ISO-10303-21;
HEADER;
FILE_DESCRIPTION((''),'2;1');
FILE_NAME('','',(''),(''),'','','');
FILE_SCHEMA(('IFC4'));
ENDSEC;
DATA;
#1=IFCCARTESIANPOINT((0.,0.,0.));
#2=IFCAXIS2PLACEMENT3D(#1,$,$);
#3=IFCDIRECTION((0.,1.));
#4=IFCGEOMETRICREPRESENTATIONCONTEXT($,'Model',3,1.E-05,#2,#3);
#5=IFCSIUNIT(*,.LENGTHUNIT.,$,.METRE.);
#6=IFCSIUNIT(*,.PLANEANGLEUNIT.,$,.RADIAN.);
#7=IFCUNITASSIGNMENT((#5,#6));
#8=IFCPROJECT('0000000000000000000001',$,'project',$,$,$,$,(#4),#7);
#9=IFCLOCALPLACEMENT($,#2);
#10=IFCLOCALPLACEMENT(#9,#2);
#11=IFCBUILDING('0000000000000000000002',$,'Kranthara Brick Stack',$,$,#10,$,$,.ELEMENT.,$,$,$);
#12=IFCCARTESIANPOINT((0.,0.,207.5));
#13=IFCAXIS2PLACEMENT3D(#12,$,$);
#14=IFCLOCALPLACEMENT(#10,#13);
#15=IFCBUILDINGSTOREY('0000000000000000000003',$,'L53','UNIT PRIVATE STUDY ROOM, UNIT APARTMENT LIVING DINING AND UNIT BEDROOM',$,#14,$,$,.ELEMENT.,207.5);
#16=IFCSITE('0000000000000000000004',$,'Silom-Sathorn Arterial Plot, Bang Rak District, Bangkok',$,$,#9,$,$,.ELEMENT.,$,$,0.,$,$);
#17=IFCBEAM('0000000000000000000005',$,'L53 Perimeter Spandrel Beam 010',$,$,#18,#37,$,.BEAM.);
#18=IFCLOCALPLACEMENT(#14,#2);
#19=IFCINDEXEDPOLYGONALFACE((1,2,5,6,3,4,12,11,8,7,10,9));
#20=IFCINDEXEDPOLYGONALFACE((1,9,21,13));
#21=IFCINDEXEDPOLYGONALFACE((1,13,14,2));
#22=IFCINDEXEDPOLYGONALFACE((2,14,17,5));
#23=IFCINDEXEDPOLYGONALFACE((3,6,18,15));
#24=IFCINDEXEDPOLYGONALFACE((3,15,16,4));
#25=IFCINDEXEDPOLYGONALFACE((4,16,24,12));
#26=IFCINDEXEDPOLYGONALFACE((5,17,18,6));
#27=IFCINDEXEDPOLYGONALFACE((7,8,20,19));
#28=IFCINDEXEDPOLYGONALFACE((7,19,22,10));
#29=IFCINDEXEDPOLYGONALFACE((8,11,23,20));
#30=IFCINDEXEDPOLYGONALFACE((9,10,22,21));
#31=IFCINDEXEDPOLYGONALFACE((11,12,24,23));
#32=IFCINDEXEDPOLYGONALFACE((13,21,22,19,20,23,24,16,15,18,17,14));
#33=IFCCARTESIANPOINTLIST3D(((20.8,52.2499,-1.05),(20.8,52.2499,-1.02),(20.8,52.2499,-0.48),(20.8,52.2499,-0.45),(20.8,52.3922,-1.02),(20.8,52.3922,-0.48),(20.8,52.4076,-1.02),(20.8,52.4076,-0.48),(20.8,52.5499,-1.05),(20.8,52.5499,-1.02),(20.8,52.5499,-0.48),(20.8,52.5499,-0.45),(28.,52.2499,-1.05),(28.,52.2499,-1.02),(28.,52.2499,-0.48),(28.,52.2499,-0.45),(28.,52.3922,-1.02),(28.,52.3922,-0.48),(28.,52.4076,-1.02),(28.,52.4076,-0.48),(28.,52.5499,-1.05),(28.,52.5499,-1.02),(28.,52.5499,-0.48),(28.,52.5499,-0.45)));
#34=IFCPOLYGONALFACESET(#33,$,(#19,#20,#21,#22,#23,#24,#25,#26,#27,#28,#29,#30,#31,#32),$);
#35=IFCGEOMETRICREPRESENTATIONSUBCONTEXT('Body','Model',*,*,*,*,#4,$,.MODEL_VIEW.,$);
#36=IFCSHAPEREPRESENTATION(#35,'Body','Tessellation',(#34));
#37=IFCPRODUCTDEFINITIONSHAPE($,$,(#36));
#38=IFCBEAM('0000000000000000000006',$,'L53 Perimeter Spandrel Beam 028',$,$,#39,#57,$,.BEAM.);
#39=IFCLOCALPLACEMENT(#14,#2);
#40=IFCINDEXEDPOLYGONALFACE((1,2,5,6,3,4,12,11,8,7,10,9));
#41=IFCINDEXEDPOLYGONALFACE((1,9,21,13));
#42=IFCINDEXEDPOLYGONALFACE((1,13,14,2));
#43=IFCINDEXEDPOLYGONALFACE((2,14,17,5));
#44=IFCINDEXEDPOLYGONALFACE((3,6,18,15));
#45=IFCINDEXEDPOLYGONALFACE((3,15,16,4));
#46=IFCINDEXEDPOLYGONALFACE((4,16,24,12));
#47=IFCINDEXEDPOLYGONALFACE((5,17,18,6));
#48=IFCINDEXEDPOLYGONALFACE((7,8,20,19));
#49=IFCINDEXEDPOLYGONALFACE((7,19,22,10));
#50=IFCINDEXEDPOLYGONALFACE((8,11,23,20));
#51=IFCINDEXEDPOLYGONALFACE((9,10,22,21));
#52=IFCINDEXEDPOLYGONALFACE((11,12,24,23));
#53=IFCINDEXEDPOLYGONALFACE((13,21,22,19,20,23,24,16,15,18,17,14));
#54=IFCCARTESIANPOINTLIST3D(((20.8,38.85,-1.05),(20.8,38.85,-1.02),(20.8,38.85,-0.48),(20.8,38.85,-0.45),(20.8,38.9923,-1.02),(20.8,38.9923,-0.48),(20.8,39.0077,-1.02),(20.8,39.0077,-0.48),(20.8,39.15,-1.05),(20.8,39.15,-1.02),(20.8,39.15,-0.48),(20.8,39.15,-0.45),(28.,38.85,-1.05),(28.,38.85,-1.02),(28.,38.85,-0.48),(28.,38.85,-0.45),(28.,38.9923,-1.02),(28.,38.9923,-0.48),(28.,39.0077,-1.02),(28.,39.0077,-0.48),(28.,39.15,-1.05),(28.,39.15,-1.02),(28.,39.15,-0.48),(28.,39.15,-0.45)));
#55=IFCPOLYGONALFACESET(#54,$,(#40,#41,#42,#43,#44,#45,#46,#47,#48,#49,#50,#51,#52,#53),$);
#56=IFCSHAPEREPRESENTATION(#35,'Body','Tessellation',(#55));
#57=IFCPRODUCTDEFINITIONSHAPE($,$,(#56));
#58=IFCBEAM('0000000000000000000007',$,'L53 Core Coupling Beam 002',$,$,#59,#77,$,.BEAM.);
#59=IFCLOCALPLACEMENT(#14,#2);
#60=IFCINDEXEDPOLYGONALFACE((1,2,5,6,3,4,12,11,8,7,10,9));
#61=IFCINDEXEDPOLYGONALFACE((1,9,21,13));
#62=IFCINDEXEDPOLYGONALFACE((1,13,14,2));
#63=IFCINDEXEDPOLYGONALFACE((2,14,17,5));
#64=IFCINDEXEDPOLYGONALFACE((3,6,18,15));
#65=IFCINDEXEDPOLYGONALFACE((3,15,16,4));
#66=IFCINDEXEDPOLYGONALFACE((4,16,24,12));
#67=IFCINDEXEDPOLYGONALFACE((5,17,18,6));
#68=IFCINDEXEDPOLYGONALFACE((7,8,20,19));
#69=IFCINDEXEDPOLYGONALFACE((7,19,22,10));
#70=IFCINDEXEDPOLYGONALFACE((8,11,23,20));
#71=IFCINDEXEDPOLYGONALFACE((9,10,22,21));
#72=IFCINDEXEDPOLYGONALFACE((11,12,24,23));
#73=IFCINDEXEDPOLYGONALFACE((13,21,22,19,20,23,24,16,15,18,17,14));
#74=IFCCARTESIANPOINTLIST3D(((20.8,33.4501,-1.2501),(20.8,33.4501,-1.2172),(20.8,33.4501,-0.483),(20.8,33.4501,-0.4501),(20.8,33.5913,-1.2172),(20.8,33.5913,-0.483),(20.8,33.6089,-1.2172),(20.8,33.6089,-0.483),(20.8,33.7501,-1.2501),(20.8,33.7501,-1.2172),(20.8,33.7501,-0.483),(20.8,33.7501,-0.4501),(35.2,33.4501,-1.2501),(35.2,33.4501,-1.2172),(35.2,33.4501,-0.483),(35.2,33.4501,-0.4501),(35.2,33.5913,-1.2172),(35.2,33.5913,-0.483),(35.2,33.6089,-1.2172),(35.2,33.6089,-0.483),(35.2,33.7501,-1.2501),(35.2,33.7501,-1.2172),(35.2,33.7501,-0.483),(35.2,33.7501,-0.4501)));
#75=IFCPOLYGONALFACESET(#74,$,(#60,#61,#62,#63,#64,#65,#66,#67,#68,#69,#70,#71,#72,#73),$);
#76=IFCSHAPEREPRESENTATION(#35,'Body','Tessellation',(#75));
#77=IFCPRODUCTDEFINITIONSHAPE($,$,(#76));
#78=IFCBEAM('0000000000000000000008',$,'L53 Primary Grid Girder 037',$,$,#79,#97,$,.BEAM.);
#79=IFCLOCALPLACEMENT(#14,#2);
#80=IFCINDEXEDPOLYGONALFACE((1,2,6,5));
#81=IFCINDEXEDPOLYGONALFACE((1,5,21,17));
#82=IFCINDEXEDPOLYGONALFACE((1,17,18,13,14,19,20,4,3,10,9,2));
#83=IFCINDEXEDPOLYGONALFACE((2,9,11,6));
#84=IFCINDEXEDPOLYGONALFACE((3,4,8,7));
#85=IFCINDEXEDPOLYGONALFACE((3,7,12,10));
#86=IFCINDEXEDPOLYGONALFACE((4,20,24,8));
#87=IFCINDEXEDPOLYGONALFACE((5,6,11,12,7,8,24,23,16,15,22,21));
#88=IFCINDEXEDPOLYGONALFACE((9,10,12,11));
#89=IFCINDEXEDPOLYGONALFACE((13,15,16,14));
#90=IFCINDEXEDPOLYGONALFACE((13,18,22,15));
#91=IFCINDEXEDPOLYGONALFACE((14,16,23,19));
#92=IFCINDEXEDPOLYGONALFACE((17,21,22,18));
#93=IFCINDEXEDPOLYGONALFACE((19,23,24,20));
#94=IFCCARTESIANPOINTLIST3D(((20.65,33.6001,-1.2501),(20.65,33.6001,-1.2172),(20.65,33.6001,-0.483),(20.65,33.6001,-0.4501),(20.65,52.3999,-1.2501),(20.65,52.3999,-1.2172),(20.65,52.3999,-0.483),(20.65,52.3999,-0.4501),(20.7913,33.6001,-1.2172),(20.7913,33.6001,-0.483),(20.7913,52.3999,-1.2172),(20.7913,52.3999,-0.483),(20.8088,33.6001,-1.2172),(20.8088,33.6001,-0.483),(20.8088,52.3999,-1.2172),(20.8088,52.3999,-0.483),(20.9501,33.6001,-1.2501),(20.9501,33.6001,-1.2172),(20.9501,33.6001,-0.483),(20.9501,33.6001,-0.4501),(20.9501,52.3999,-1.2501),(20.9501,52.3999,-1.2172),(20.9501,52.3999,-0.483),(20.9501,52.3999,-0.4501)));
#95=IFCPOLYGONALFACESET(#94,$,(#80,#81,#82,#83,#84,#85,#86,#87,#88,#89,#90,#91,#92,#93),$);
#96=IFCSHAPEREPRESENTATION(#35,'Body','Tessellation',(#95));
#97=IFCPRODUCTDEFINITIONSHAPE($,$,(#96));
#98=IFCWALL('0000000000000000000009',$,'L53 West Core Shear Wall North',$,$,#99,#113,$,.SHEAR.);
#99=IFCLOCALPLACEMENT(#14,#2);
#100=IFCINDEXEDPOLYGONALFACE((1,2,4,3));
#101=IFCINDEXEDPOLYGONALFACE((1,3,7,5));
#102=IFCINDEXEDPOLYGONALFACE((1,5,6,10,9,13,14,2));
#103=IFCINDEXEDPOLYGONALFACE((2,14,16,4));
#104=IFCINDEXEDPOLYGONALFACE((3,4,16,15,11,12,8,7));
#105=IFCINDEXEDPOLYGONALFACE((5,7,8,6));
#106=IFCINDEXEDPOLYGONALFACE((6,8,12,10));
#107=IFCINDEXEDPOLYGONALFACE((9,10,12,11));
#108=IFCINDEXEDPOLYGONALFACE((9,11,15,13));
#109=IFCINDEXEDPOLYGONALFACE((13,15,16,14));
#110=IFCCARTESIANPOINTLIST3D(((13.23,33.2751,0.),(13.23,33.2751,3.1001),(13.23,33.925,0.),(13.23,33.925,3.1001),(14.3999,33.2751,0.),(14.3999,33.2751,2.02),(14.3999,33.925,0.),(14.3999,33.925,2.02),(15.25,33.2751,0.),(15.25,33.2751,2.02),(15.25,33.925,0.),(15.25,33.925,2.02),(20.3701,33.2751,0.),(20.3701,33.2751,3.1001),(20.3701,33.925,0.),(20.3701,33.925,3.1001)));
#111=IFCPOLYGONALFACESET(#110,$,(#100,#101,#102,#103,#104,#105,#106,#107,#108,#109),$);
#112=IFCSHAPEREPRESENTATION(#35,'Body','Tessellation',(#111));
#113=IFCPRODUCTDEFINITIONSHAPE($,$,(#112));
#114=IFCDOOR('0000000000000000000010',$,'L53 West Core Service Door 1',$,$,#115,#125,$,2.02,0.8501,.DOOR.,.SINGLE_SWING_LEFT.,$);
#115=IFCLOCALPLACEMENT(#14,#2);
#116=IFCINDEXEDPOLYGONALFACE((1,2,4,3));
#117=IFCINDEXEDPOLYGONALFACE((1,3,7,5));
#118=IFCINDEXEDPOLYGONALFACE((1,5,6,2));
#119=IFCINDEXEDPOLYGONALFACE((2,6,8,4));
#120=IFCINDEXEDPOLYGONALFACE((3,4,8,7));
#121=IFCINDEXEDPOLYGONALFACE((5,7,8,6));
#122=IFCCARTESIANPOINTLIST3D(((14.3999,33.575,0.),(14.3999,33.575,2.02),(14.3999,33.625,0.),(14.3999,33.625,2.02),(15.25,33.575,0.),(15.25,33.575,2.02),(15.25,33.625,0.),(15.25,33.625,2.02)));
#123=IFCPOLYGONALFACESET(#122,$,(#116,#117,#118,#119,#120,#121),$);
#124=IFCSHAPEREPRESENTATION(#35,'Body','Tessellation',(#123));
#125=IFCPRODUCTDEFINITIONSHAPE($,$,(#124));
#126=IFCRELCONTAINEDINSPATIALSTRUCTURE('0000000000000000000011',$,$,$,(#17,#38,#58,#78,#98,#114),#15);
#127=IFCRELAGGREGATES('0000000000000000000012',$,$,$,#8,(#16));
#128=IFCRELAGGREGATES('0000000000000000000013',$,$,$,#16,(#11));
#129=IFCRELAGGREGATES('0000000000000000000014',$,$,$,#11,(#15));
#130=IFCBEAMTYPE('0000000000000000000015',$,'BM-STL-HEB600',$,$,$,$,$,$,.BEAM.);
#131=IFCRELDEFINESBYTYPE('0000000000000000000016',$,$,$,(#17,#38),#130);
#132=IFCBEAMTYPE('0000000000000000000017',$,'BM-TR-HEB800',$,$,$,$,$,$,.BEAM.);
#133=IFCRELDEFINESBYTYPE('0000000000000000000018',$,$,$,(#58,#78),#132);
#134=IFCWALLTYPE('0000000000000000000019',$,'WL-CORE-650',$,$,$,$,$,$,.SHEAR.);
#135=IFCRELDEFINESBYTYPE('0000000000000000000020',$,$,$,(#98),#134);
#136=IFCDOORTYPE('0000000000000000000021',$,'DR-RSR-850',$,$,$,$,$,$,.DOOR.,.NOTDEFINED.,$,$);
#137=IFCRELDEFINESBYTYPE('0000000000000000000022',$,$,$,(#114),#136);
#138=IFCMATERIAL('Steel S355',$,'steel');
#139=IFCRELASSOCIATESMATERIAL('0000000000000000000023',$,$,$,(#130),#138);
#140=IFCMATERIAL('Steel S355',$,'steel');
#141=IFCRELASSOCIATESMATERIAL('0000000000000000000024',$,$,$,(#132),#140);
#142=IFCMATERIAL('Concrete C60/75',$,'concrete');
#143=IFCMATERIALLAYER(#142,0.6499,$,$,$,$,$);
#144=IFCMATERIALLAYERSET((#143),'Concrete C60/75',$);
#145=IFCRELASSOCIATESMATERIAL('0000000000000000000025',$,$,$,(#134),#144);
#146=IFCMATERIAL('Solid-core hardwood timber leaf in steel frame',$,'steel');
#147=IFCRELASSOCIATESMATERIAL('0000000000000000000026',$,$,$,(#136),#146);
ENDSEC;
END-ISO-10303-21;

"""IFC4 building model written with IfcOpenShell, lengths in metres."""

from ifc_helpers import new_model, si_unit, direction, frame, frame_2d, origin, origin_2d, place, context, subcontext, project, spatial, rectangle, i_section, extrude, material, layer, layer_set, material_profile, profile_set, type_object, element, fill, save


model = new_model("IFC4")

# Units and contexts
model_context = context("Model", 3, precision=1e-05, world=origin(), true_north=direction((0.0, 1.0)))
body_context = subcontext(model_context, "Body", "Model", "MODEL_VIEW")
ifc_project = project(units=[si_unit("LENGTHUNIT", "METRE"), si_unit("PLANEANGLEUNIT", "RADIAN")], contexts=[model_context])

# Site, building, storey
site_placement = place(None, origin())
site = spatial("IfcSite", under=ifc_project, at=site_placement, Name="Silom-Sathorn Arterial Plot, Bang Rak District, Bangkok", CompositionType="ELEMENT", RefElevation=0.0)
building_placement = place(site_placement, origin())
building = spatial("IfcBuilding", under=site, at=building_placement, Name="Kranthara Brick Stack", CompositionType="ELEMENT")
storey_placement = place(building_placement, frame((0.0, 0.0, 207.5)))
storey = spatial("IfcBuildingStorey", under=building, at=storey_placement, Name="L53", Description="UNIT PRIVATE STUDY ROOM, UNIT APARTMENT LIVING DINING AND UNIT BEDROOM", CompositionType="ELEMENT", Elevation=207.5)

# Beams
ifc_material_1 = material(Name="Steel S355", Category="steel")
ifc_material_profile_1 = material_profile(ifc_material_1, i_section(OverallWidth=0.3, OverallDepth=0.6001, WebThickness=0.0154, FlangeThickness=0.03, at=origin_2d()), Name="HEB 600")
ifc_profile_set_1 = profile_set([ifc_material_profile_1], Name="Steel S355")
beam_type_1 = type_object("IfcBeamType", Name="BM-STL-HEB600", PredefinedType="BEAM", material=ifc_profile_set_1)
for number, where, z_axis, x_axis, name in (
    (1, (20.8, 52.3999, -0.75), (1.0, 0.0, 0.0), (0.0, 1.0, 0.0), "L53 Perimeter Spandrel Beam 010"),
    (2, (20.8, 39.0, -0.75), (1.0, 0.0, 0.0), (0.0, 1.0, 0.0), "L53 Perimeter Spandrel Beam 028"),
):
    element("IfcBeam", number, at=place(storey_placement, frame(where, z_axis=z_axis, x_axis=x_axis)), inside=storey, type_object=beam_type_1, Name=name, PredefinedType="BEAM", context=body_context, shape_type="SweptSolid", body=[
        extrude(i_section(OverallWidth=0.3, OverallDepth=0.6001, WebThickness=0.0154, FlangeThickness=0.03, at=origin_2d()), origin(), (0.0, 0.0, 1.0), 7.2),
    ])
ifc_material_2 = material(Name="Steel S355", Category="steel")
ifc_material_profile_2 = material_profile(ifc_material_2, i_section(OverallWidth=0.3, OverallDepth=0.8, WebThickness=0.0176, FlangeThickness=0.033, at=origin_2d()), Name="HEB 800")
ifc_profile_set_2 = profile_set([ifc_material_profile_2], Name="Steel S355")
beam_type_2 = type_object("IfcBeamType", Name="BM-TR-HEB800", PredefinedType="BEAM", material=ifc_profile_set_2)
beam_1_placement = place(storey_placement, frame((20.8, 33.6001, -0.8501), z_axis=(1.0, 0.0, 0.0), x_axis=(0.0, 1.0, 0.0)))
element("IfcBeam", 3, at=beam_1_placement, inside=storey, type_object=beam_type_2, Name="L53 Core Coupling Beam 002", PredefinedType="BEAM", context=body_context, shape_type="SweptSolid", body=[
    extrude(i_section(OverallWidth=0.3, OverallDepth=0.8, WebThickness=0.0176, FlangeThickness=0.033, at=origin_2d()), origin(), (0.0, 0.0, 1.0), 14.3999),
])
beam_2_placement = place(storey_placement, frame((20.8, 33.6001, -0.8501), z_axis=(0.0, 1.0, 0.0), x_axis=(-1.0, 0.0, 0.0)))
element("IfcBeam", 4, at=beam_2_placement, inside=storey, type_object=beam_type_2, Name="L53 Primary Grid Girder 037", PredefinedType="BEAM", context=body_context, shape_type="SweptSolid", body=[
    extrude(i_section(OverallWidth=0.3, OverallDepth=0.8, WebThickness=0.0176, FlangeThickness=0.033, at=origin_2d()), origin(), (0.0, 0.0, 1.0), 18.7998),
])

# Wall, opening, door
ifc_material_3 = material(Name="Concrete C60/75", Category="concrete")
ifc_layer = layer(ifc_material_3, 0.6499)
ifc_layer_set = layer_set([ifc_layer], Name="Concrete C60/75")
wall_type = type_object("IfcWallType", Name="WL-CORE-650", PredefinedType="SHEAR", material=ifc_layer_set)
wall_placement = place(storey_placement, frame((13.23, 33.6001, 0.0), z_axis=(0.0, 0.0, 1.0), x_axis=(1.0, 0.0, 0.0)))
wall = element("IfcWall", 5, at=wall_placement, inside=storey, type_object=wall_type, Name="L53 West Core Shear Wall North", PredefinedType="SHEAR", context=body_context, shape_type="SweptSolid", body=[
    extrude(rectangle(XDim=7.1401, YDim=0.6499, at=frame_2d((3.5701, 0.0))), origin(), (0.0, 0.0, 1.0), 3.1001),
])
opening_placement = place(wall_placement, frame((1.1699, 0.0, 0.0)))
opening = element("IfcOpeningElement", 6, at=opening_placement, cuts=wall, PredefinedType="OPENING", context=body_context, shape_type="SweptSolid", body=[
    extrude(rectangle(XDim=0.8501, YDim=2.02, at=frame_2d((0.425, 1.01))), frame((0.0, 0.335, 0.0), z_axis=(0.0, -1.0, 0.0), x_axis=(1.0, 0.0, 0.0)), (0.0, 0.0, 1.0), 0.6699),
])
ifc_material_4 = material(Name="Solid-core hardwood timber leaf in steel frame", Category="steel")
door_type = type_object("IfcDoorType", Name="DR-RSR-850", OperationType="NOTDEFINED", PredefinedType="DOOR", material=ifc_material_4)
door_placement = place(opening_placement, origin())
door = element("IfcDoor", 7, at=door_placement, inside=storey, type_object=door_type, Name="L53 West Core Service Door 1", OperationType="SINGLE_SWING_LEFT", OverallHeight=2.02, OverallWidth=0.8501, PredefinedType="DOOR", context=body_context, shape_type="SweptSolid", body=[
    extrude(rectangle(XDim=0.8501, YDim=2.02, at=frame_2d((0.425, 1.01))), frame((0.0, 0.0249, 0.0), z_axis=(0.0, -1.0, 0.0), x_axis=(1.0, 0.0, 0.0)), (0.0, 0.0, 1.0), 0.05),
])
fill(opening, door)

save(model, "model.ifc")
